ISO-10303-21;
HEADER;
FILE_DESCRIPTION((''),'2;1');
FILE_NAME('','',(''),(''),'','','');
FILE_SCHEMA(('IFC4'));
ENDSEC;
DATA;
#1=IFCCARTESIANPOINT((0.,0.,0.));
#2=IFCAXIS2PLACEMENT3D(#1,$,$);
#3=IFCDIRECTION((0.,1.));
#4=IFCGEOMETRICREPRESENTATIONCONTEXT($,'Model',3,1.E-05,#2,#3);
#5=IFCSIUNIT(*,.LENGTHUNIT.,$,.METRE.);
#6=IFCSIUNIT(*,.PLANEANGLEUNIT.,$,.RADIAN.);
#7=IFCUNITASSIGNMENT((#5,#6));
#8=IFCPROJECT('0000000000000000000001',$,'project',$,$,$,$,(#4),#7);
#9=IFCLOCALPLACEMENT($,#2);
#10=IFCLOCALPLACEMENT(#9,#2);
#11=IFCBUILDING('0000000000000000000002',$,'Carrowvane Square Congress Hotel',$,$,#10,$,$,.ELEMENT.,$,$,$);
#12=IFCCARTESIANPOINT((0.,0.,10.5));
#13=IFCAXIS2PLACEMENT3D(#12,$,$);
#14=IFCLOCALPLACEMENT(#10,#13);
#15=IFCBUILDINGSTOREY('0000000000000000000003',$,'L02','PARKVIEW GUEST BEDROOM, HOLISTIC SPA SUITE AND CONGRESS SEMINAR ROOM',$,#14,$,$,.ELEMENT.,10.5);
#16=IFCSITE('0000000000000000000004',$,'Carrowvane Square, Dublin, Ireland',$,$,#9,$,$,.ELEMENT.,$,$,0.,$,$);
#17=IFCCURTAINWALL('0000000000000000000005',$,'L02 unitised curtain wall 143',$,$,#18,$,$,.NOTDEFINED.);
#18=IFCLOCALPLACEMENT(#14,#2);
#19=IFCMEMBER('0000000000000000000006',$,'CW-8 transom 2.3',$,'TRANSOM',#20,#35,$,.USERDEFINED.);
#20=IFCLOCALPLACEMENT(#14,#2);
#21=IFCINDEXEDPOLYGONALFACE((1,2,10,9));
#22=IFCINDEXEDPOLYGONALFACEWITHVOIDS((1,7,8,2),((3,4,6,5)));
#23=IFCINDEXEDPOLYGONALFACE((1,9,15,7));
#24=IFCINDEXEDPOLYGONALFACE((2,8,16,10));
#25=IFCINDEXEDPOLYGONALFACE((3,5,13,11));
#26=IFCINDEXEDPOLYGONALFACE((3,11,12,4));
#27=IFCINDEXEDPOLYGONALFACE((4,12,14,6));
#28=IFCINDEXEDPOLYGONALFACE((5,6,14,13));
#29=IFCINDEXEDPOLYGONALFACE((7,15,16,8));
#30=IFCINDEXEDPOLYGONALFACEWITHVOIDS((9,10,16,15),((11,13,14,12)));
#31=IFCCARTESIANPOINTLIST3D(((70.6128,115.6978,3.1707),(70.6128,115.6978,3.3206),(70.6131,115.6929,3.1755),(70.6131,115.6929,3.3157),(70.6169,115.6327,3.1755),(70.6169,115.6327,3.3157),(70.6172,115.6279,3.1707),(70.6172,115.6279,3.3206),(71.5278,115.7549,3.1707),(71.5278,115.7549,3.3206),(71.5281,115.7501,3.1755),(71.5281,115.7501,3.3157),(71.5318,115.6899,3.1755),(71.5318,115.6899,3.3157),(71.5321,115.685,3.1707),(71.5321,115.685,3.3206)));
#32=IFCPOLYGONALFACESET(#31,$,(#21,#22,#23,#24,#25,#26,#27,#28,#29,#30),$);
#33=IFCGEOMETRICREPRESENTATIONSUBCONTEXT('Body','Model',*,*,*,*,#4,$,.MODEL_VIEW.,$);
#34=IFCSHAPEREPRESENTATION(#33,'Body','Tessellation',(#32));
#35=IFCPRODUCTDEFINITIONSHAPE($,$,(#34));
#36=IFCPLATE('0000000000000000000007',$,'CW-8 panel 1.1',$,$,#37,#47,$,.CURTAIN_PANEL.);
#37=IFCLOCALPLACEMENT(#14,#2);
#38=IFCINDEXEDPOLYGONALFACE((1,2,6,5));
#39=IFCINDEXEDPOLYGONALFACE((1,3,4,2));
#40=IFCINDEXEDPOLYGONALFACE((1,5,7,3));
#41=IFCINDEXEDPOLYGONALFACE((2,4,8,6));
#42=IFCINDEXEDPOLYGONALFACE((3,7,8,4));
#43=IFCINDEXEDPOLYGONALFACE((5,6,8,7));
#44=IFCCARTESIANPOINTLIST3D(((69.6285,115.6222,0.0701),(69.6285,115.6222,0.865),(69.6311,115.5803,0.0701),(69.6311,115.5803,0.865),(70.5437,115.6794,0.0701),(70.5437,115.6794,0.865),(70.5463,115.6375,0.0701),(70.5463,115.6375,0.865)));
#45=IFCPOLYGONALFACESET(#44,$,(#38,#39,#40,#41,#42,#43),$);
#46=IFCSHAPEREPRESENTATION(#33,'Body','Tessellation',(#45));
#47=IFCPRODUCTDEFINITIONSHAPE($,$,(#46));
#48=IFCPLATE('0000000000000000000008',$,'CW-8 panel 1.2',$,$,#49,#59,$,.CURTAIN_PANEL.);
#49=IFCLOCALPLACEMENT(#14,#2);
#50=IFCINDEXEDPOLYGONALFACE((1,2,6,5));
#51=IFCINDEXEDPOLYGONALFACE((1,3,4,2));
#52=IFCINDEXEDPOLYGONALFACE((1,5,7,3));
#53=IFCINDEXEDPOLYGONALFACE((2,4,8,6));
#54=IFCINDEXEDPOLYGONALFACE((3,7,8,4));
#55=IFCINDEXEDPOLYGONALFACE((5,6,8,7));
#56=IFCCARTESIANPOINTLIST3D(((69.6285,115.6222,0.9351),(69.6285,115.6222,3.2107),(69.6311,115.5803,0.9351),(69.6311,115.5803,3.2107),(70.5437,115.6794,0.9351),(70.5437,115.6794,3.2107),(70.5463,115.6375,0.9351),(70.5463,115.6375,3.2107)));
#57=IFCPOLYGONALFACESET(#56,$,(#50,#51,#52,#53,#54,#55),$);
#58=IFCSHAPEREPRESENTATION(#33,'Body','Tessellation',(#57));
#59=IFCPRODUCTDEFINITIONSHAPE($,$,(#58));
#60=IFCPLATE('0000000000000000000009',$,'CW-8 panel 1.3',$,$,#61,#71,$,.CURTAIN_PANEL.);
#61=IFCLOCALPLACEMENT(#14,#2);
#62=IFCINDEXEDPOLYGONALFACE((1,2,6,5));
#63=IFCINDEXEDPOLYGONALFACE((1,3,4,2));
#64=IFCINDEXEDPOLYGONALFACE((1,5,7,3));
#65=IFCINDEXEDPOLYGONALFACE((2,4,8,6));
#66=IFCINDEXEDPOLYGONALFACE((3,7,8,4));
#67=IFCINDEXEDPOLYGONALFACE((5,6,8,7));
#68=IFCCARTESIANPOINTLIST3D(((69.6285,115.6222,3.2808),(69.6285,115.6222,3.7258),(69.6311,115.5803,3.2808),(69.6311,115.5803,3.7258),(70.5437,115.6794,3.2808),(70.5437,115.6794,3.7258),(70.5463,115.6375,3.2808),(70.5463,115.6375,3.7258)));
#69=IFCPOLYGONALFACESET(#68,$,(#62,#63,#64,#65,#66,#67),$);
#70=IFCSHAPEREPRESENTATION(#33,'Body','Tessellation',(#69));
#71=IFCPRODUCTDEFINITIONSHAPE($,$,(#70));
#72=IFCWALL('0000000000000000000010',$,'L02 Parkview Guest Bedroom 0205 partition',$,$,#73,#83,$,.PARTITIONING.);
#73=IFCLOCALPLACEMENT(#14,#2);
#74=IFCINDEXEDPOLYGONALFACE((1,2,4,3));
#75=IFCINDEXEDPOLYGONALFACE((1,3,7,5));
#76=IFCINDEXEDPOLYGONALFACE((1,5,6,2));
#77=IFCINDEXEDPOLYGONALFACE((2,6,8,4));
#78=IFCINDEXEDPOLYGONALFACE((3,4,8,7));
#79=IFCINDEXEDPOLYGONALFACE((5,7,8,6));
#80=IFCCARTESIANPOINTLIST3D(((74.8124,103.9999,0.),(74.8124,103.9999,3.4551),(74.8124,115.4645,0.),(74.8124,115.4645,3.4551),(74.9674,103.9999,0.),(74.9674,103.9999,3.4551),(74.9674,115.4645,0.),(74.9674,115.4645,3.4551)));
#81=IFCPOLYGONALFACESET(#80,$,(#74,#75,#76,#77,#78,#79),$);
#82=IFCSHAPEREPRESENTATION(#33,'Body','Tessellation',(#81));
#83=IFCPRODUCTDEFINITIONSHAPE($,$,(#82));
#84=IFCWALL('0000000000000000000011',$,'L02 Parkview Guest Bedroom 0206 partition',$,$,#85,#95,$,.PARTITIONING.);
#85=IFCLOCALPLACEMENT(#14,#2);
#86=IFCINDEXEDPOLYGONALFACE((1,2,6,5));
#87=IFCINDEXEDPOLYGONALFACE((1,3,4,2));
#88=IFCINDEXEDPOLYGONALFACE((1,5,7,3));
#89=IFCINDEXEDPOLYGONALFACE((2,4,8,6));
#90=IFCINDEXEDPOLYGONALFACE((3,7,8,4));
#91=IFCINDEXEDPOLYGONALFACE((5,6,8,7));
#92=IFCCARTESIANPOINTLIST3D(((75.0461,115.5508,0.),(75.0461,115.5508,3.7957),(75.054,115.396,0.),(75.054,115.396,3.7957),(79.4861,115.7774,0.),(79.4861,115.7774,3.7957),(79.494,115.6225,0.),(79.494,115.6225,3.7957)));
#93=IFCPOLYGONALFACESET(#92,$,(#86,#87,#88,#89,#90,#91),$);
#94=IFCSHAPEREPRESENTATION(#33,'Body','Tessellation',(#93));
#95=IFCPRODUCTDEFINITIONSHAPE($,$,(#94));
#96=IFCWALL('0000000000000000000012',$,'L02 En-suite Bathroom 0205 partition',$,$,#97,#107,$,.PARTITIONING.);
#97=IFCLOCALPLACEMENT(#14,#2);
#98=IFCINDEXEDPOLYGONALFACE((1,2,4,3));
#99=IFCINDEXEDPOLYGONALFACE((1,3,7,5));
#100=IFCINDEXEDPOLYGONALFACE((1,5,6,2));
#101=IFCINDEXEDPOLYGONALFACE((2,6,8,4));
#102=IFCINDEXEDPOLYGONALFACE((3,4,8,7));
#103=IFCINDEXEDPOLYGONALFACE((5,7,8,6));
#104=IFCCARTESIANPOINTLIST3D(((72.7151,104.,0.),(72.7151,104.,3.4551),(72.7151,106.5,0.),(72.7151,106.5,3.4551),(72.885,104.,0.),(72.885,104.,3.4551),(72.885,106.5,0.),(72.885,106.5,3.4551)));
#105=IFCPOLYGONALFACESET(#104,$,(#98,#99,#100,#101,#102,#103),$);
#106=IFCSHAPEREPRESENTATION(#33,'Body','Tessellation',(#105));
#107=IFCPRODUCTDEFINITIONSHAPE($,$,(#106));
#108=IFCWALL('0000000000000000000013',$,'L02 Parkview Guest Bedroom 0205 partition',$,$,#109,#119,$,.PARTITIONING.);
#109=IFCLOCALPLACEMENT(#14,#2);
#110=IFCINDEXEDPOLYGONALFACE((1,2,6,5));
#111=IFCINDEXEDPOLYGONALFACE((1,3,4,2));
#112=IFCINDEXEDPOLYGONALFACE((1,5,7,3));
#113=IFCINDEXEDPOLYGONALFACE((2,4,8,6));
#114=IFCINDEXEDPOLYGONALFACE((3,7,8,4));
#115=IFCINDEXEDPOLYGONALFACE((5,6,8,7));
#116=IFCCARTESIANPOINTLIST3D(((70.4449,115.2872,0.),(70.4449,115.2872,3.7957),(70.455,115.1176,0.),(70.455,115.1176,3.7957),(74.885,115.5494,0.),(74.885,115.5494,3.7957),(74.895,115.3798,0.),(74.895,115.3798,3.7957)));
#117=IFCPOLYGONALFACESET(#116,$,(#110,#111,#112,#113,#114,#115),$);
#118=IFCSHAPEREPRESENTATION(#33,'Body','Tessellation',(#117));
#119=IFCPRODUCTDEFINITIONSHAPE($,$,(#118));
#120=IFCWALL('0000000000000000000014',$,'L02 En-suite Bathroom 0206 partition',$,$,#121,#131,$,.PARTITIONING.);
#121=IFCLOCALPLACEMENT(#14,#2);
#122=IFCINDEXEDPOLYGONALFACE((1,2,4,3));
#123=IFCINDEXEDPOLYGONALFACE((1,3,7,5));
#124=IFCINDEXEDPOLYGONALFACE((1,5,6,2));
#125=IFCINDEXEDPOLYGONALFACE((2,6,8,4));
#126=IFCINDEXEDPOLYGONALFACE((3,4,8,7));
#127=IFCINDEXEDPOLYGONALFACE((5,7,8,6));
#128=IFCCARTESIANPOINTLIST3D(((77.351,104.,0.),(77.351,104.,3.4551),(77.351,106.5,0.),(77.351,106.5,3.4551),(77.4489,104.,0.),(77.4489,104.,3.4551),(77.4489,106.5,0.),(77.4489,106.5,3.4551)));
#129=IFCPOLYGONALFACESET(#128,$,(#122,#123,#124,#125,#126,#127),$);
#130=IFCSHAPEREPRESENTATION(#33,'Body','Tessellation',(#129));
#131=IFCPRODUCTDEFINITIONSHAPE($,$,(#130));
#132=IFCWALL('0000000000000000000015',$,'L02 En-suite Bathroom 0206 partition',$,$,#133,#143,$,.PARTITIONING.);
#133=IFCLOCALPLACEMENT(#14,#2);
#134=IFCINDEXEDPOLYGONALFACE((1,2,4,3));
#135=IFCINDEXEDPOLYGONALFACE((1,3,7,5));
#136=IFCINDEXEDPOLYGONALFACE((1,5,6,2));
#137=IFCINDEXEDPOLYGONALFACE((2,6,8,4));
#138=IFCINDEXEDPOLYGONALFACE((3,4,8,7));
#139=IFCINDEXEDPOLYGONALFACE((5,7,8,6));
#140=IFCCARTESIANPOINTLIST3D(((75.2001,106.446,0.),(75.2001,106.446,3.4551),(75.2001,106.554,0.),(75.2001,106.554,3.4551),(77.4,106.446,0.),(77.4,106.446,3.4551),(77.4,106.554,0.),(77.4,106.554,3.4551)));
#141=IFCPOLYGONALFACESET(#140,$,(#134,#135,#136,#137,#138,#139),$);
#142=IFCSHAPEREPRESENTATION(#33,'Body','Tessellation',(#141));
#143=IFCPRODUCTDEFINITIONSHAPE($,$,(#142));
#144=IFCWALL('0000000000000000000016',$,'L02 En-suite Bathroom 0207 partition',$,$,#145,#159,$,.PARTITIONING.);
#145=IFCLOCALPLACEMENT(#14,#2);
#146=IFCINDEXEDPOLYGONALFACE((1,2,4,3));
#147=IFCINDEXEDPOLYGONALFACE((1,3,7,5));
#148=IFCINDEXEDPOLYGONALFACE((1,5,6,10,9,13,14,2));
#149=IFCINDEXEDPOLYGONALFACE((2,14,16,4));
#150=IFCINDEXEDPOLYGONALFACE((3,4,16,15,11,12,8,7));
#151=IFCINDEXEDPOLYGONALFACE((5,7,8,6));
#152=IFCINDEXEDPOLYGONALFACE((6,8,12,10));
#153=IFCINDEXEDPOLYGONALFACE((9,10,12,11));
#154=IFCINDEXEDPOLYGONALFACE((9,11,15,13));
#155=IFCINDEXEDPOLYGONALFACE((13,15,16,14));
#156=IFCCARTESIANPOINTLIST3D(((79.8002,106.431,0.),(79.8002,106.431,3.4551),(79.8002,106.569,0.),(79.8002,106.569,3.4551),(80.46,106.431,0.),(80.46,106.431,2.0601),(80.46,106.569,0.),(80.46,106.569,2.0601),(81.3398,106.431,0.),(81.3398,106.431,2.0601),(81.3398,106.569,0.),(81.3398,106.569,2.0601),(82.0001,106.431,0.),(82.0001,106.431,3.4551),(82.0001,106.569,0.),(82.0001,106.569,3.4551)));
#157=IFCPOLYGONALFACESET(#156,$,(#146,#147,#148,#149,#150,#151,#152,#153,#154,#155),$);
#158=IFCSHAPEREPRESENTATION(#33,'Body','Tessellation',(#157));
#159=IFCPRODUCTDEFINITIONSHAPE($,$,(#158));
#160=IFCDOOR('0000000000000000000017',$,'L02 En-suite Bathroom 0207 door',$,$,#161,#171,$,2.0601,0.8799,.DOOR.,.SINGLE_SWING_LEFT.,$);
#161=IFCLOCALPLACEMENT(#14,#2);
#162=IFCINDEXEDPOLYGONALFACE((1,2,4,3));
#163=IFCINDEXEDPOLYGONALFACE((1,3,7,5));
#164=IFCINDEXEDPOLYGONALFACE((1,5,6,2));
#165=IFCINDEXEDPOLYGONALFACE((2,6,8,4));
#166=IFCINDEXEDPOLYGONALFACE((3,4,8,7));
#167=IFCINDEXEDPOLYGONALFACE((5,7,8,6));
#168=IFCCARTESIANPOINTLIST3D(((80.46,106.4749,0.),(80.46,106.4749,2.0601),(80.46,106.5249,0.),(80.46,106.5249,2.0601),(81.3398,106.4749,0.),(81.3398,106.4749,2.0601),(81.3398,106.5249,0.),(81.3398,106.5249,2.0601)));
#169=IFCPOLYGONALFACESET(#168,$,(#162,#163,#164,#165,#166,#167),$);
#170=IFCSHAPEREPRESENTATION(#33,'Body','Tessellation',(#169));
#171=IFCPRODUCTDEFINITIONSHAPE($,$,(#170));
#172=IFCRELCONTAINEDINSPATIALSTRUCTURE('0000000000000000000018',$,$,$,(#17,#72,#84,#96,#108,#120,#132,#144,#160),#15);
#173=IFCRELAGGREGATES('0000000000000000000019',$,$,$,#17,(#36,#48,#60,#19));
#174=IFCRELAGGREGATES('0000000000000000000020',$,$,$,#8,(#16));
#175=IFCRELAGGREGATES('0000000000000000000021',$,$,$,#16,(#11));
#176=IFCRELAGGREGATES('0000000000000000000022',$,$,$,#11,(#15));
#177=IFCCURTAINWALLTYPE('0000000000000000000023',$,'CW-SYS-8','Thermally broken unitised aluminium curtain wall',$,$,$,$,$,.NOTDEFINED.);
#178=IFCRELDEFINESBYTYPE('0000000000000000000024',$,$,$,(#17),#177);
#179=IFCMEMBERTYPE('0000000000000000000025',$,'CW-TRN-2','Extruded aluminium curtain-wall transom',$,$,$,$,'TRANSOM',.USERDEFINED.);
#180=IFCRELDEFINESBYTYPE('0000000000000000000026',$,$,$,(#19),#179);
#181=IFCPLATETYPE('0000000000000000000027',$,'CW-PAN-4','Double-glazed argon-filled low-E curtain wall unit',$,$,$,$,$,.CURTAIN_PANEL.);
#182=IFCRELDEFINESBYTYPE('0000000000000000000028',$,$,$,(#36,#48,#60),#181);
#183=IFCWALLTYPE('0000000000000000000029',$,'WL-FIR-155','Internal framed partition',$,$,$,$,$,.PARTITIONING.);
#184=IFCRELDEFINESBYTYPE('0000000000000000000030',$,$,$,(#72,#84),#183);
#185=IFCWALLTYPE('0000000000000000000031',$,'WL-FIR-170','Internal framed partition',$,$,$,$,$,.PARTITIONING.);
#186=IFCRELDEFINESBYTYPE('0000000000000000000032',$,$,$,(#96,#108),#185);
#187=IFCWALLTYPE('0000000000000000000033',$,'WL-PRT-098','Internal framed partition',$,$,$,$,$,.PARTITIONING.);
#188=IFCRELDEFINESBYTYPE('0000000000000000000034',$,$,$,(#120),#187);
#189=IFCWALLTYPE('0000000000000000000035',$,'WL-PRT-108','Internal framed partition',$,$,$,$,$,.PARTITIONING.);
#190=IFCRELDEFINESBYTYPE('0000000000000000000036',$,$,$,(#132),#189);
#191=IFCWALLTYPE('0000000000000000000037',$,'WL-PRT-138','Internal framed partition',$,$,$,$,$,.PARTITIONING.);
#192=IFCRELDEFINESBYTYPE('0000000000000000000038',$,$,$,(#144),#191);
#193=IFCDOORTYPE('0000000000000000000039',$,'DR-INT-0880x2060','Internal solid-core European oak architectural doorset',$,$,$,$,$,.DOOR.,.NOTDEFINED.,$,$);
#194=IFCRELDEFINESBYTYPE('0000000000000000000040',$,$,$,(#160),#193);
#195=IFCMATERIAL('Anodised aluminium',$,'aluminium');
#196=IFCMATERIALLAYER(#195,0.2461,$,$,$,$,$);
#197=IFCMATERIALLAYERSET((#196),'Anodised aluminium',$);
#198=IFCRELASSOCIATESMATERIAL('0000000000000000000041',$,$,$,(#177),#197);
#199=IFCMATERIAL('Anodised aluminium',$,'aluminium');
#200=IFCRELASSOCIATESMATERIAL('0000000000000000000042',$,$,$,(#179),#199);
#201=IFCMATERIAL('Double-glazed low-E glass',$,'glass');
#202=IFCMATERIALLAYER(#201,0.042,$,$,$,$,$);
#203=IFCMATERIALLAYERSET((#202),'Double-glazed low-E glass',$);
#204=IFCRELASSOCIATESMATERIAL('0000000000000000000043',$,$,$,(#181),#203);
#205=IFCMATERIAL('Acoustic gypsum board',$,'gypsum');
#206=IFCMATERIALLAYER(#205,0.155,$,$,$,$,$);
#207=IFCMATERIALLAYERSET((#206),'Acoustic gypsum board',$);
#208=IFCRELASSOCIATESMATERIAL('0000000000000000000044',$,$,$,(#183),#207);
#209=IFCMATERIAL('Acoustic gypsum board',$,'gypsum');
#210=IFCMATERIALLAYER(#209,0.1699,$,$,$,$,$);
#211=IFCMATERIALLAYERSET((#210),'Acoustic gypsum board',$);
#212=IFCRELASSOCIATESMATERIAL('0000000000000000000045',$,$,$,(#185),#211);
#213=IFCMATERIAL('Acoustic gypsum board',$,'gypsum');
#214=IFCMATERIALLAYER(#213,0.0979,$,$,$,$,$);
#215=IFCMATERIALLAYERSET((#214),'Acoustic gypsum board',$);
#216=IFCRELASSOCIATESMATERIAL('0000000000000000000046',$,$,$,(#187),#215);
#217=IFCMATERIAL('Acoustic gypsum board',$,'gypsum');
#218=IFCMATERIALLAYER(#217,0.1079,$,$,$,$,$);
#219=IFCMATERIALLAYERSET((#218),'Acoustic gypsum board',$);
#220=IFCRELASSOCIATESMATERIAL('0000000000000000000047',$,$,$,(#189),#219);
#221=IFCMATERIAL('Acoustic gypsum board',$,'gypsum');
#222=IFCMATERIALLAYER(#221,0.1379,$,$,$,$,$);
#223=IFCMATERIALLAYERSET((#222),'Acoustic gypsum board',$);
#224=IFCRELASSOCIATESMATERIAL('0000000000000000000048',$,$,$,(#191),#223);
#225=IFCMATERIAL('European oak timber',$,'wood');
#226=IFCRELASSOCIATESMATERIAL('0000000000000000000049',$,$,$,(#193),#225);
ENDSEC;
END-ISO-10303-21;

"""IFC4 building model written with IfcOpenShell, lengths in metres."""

from ifc_helpers import new_model, si_unit, direction, frame, frame_2d, origin, origin_2d, place, context, subcontext, project, spatial, rectangle, hollow_rectangle, extrude, material, layer, layer_set, material_profile, profile_set, type_object, element, fill, aggregate, save


model = new_model("IFC4")

# Units and contexts
model_context = context("Model", 3, precision=1e-05, world=origin(), true_north=direction((0.0, 1.0)))
body_context = subcontext(model_context, "Body", "Model", "MODEL_VIEW")
ifc_project = project(units=[si_unit("LENGTHUNIT", "METRE"), si_unit("PLANEANGLEUNIT", "RADIAN")], contexts=[model_context])

# Site, building, storey
site_placement = place(None, origin())
site = spatial("IfcSite", under=ifc_project, at=site_placement, Name="Carrowvane Square, Dublin, Ireland", CompositionType="ELEMENT", RefElevation=0.0)
building_placement = place(site_placement, origin())
building = spatial("IfcBuilding", under=site, at=building_placement, Name="Carrowvane Square Congress Hotel", CompositionType="ELEMENT")
storey_placement = place(building_placement, frame((0.0, 0.0, 10.5)))
storey = spatial("IfcBuildingStorey", under=building, at=storey_placement, Name="L02", Description="PARKVIEW GUEST BEDROOM, HOLISTIC SPA SUITE AND CONGRESS SEMINAR ROOM", CompositionType="ELEMENT", Elevation=10.5)

# Curtain wall, member, plates
ifc_material_1 = material(Name="Anodised aluminium", Category="aluminium")
ifc_layer_1 = layer(ifc_material_1, 0.2461)
ifc_layer_set_1 = layer_set([ifc_layer_1], Name="Anodised aluminium")
curtain_wall_type = type_object("IfcCurtainWallType", Name="CW-SYS-8", Description="Thermally broken unitised aluminium curtain wall", PredefinedType="NOTDEFINED", material=ifc_layer_set_1)
curtain_wall_placement = place(storey_placement, origin())
curtain_wall = element("IfcCurtainWall", 1, at=curtain_wall_placement, inside=storey, type_object=curtain_wall_type, Name="L02 unitised curtain wall 143", PredefinedType="NOTDEFINED")
ifc_material_2 = material(Name="Anodised aluminium", Category="aluminium")
ifc_material_profile_1 = material_profile(ifc_material_2, hollow_rectangle(XDim=0.0701, YDim=0.1499, WallThickness=0.0049, at=origin_2d()), Name="CW-TR 70x150x5")
ifc_profile_set_1 = profile_set([ifc_material_profile_1], Name="Anodised aluminium")
member_type_1 = type_object("IfcMemberType", Name="CW-TRN-2", Description="Extruded aluminium curtain-wall transom", ElementType="TRANSOM", PredefinedType="USERDEFINED", material=ifc_profile_set_1)
member_1_placement = place(storey_placement, frame((70.615, 115.6628, 3.2456), z_axis=(0.998057, 0.062312, 0.0), x_axis=(-0.062312, 0.998057, 0.0)))
member_1 = element("IfcMember", 2, at=member_1_placement, type_object=member_type_1, Name="CW-8 transom 2.3", ObjectType="TRANSOM", PredefinedType="USERDEFINED", context=body_context, shape_type="SweptSolid", body=[
    extrude(hollow_rectangle(XDim=0.0701, YDim=0.1499, WallThickness=0.0049, at=origin_2d()), origin(), (0.0, 0.0, 1.0), 0.9167),
])
ifc_material_3 = material(Name="Double-glazed low-E glass", Category="glass")
ifc_layer_2 = layer(ifc_material_3, 0.042)
ifc_layer_set_2 = layer_set([ifc_layer_2], Name="Double-glazed low-E glass")
plate_type = type_object("IfcPlateType", Name="CW-PAN-4", Description="Double-glazed argon-filled low-E curtain wall unit", PredefinedType="CURTAIN_PANEL", material=ifc_layer_set_2)
plate_1_placement = place(storey_placement, frame((70.0874, 115.6299, 0.0701), z_axis=(0.0, 0.0, 1.0), x_axis=(0.998051, 0.062397, 0.0)))
plate_1 = element("IfcPlate", 3, at=plate_1_placement, type_object=plate_type, Name="CW-8 panel 1.1", PredefinedType="CURTAIN_PANEL", context=body_context, shape_type="SweptSolid", body=[
    extrude(rectangle(XDim=0.917, YDim=0.042, at=origin_2d()), origin(), (0.0, 0.0, 1.0), 0.7949),
])
plate_2_placement = place(storey_placement, frame((70.0874, 115.6299, 0.9351), z_axis=(0.0, 0.0, 1.0), x_axis=(0.998051, 0.062397, 0.0)))
plate_2 = element("IfcPlate", 4, at=plate_2_placement, type_object=plate_type, Name="CW-8 panel 1.2", PredefinedType="CURTAIN_PANEL", context=body_context, shape_type="SweptSolid", body=[
    extrude(rectangle(XDim=0.917, YDim=0.042, at=origin_2d()), origin(), (0.0, 0.0, 1.0), 2.2756),
])
plate_3_placement = place(storey_placement, frame((70.0874, 115.6299, 3.2808), z_axis=(0.0, 0.0, 1.0), x_axis=(0.998051, 0.062397, 0.0)))
plate_3 = element("IfcPlate", 5, at=plate_3_placement, type_object=plate_type, Name="CW-8 panel 1.3", PredefinedType="CURTAIN_PANEL", context=body_context, shape_type="SweptSolid", body=[
    extrude(rectangle(XDim=0.917, YDim=0.042, at=origin_2d()), origin(), (0.0, 0.0, 1.0), 0.4451),
])
aggregate(curtain_wall, [plate_1, plate_2, plate_3, member_1])

# Walls
ifc_material_4 = material(Name="Acoustic gypsum board", Category="gypsum")
ifc_layer_3 = layer(ifc_material_4, 0.155)
ifc_layer_set_3 = layer_set([ifc_layer_3], Name="Acoustic gypsum board")
wall_type_1 = type_object("IfcWallType", Name="WL-FIR-155", Description="Internal framed partition", PredefinedType="PARTITIONING", material=ifc_layer_set_3)
wall_1_placement = place(storey_placement, frame((74.8899, 115.4646, 0.0), z_axis=(0.0, 0.0, 1.0), x_axis=(0.0, -1.0, 0.0)))
element("IfcWall", 6, at=wall_1_placement, inside=storey, type_object=wall_type_1, Name="L02 Parkview Guest Bedroom 0205 partition", PredefinedType="PARTITIONING", context=body_context, shape_type="SweptSolid", body=[
    extrude(rectangle(XDim=11.4646, YDim=0.155, at=frame_2d((5.7324, 0.0))), origin(), (0.0, 0.0, 1.0), 3.4551),
])
wall_2_placement = place(storey_placement, frame((75.05, 115.4734, 0.0), z_axis=(0.0, 0.0, 1.0), x_axis=(0.998701, 0.050962, 0.0)))
element("IfcWall", 7, at=wall_2_placement, inside=storey, type_object=wall_type_1, Name="L02 Parkview Guest Bedroom 0206 partition", PredefinedType="PARTITIONING", context=body_context, shape_type="SweptSolid", body=[
    extrude(rectangle(XDim=4.4458, YDim=0.155, at=frame_2d((2.2229, 0.0))), origin(), (0.0, 0.0, 1.0), 3.7957),
])
ifc_material_5 = material(Name="Acoustic gypsum board", Category="gypsum")
ifc_layer_4 = layer(ifc_material_5, 0.1699)
ifc_layer_set_4 = layer_set([ifc_layer_4], Name="Acoustic gypsum board")
wall_type_2 = type_object("IfcWallType", Name="WL-FIR-170", Description="Internal framed partition", PredefinedType="PARTITIONING", material=ifc_layer_set_4)
wall_3_placement = place(storey_placement, frame((72.8, 106.5, 0.0), z_axis=(0.0, 0.0, 1.0), x_axis=(0.0, -1.0, 0.0)))
element("IfcWall", 8, at=wall_3_placement, inside=storey, type_object=wall_type_2, Name="L02 En-suite Bathroom 0205 partition", PredefinedType="PARTITIONING", context=body_context, shape_type="SweptSolid", body=[
    extrude(rectangle(XDim=2.5, YDim=0.1699, at=frame_2d((1.25, 0.0))), origin(), (0.0, 0.0, 1.0), 3.4551),
])
wall_4_placement = place(storey_placement, frame((70.45, 115.2024, 0.0), z_axis=(0.0, 0.0, 1.0), x_axis=(0.998261, 0.058954, 0.0)))
element("IfcWall", 9, at=wall_4_placement, inside=storey, type_object=wall_type_2, Name="L02 Parkview Guest Bedroom 0205 partition", PredefinedType="PARTITIONING", context=body_context, shape_type="SweptSolid", body=[
    extrude(rectangle(XDim=4.4478, YDim=0.1699, at=frame_2d((2.2239, 0.0))), origin(), (0.0, 0.0, 1.0), 3.7957),
])
ifc_material_6 = material(Name="Acoustic gypsum board", Category="gypsum")
ifc_layer_5 = layer(ifc_material_6, 0.0979)
ifc_layer_set_5 = layer_set([ifc_layer_5], Name="Acoustic gypsum board")
wall_type_3 = type_object("IfcWallType", Name="WL-PRT-098", Description="Internal framed partition", PredefinedType="PARTITIONING", material=ifc_layer_set_5)
wall_5_placement = place(storey_placement, frame((77.3999, 106.5, 0.0), z_axis=(0.0, 0.0, 1.0), x_axis=(0.0, -1.0, 0.0)))
element("IfcWall", 10, at=wall_5_placement, inside=storey, type_object=wall_type_3, Name="L02 En-suite Bathroom 0206 partition", PredefinedType="PARTITIONING", context=body_context, shape_type="SweptSolid", body=[
    extrude(rectangle(XDim=2.5, YDim=0.0979, at=frame_2d((1.25, 0.0))), origin(), (0.0, 0.0, 1.0), 3.4551),
])
ifc_material_7 = material(Name="Acoustic gypsum board", Category="gypsum")
ifc_layer_6 = layer(ifc_material_7, 0.1079)
ifc_layer_set_6 = layer_set([ifc_layer_6], Name="Acoustic gypsum board")
wall_type_4 = type_object("IfcWallType", Name="WL-PRT-108", Description="Internal framed partition", PredefinedType="PARTITIONING", material=ifc_layer_set_6)
wall_6_placement = place(storey_placement, frame((75.2, 106.5, 0.0), z_axis=(0.0, 0.0, 1.0), x_axis=(1.0, 0.0, 0.0)))
element("IfcWall", 11, at=wall_6_placement, inside=storey, type_object=wall_type_4, Name="L02 En-suite Bathroom 0206 partition", PredefinedType="PARTITIONING", context=body_context, shape_type="SweptSolid", body=[
    extrude(rectangle(XDim=2.2, YDim=0.1079, at=frame_2d((1.1001, 0.0))), origin(), (0.0, 0.0, 1.0), 3.4551),
])

# Wall, opening, door
ifc_material_8 = material(Name="Acoustic gypsum board", Category="gypsum")
ifc_layer_7 = layer(ifc_material_8, 0.1379)
ifc_layer_set_7 = layer_set([ifc_layer_7], Name="Acoustic gypsum board")
wall_type_5 = type_object("IfcWallType", Name="WL-PRT-138", Description="Internal framed partition", PredefinedType="PARTITIONING", material=ifc_layer_set_7)
wall_7_placement = place(storey_placement, frame((79.8, 106.5, 0.0), z_axis=(0.0, 0.0, 1.0), x_axis=(1.0, 0.0, 0.0)))
wall_7 = element("IfcWall", 12, at=wall_7_placement, inside=storey, type_object=wall_type_5, Name="L02 En-suite Bathroom 0207 partition", PredefinedType="PARTITIONING", context=body_context, shape_type="SweptSolid", body=[
    extrude(rectangle(XDim=2.2, YDim=0.1379, at=frame_2d((1.1001, 0.0))), origin(), (0.0, 0.0, 1.0), 3.4551),
])
opening_placement = place(wall_7_placement, frame((0.6599, 0.0, 0.0)))
opening = element("IfcOpeningElement", 13, at=opening_placement, cuts=wall_7, PredefinedType="OPENING", context=body_context, shape_type="SweptSolid", body=[
    extrude(rectangle(XDim=0.8799, YDim=2.0601, at=frame_2d((0.4399, 1.03))), frame((0.0, 0.0789, 0.0), z_axis=(0.0, -1.0, 0.0), x_axis=(1.0, 0.0, 0.0)), (0.0, 0.0, 1.0), 0.158),
])
ifc_material_9 = material(Name="European oak timber", Category="wood")
door_type = type_object("IfcDoorType", Name="DR-INT-0880x2060", Description="Internal solid-core European oak architectural doorset", OperationType="NOTDEFINED", PredefinedType="DOOR", material=ifc_material_9)
door_placement = place(opening_placement, origin())
door = element("IfcDoor", 14, at=door_placement, inside=storey, type_object=door_type, Name="L02 En-suite Bathroom 0207 door", OperationType="SINGLE_SWING_LEFT", OverallHeight=2.0601, OverallWidth=0.8799, PredefinedType="DOOR", context=body_context, shape_type="SweptSolid", body=[
    extrude(rectangle(XDim=0.8799, YDim=2.0601, at=frame_2d((0.4399, 1.03))), frame((0.0, 0.0249, 0.0), z_axis=(0.0, -1.0, 0.0), x_axis=(1.0, 0.0, 0.0)), (0.0, 0.0, 1.0), 0.05),
])
fill(opening, door)

save(model, "model.ifc")
